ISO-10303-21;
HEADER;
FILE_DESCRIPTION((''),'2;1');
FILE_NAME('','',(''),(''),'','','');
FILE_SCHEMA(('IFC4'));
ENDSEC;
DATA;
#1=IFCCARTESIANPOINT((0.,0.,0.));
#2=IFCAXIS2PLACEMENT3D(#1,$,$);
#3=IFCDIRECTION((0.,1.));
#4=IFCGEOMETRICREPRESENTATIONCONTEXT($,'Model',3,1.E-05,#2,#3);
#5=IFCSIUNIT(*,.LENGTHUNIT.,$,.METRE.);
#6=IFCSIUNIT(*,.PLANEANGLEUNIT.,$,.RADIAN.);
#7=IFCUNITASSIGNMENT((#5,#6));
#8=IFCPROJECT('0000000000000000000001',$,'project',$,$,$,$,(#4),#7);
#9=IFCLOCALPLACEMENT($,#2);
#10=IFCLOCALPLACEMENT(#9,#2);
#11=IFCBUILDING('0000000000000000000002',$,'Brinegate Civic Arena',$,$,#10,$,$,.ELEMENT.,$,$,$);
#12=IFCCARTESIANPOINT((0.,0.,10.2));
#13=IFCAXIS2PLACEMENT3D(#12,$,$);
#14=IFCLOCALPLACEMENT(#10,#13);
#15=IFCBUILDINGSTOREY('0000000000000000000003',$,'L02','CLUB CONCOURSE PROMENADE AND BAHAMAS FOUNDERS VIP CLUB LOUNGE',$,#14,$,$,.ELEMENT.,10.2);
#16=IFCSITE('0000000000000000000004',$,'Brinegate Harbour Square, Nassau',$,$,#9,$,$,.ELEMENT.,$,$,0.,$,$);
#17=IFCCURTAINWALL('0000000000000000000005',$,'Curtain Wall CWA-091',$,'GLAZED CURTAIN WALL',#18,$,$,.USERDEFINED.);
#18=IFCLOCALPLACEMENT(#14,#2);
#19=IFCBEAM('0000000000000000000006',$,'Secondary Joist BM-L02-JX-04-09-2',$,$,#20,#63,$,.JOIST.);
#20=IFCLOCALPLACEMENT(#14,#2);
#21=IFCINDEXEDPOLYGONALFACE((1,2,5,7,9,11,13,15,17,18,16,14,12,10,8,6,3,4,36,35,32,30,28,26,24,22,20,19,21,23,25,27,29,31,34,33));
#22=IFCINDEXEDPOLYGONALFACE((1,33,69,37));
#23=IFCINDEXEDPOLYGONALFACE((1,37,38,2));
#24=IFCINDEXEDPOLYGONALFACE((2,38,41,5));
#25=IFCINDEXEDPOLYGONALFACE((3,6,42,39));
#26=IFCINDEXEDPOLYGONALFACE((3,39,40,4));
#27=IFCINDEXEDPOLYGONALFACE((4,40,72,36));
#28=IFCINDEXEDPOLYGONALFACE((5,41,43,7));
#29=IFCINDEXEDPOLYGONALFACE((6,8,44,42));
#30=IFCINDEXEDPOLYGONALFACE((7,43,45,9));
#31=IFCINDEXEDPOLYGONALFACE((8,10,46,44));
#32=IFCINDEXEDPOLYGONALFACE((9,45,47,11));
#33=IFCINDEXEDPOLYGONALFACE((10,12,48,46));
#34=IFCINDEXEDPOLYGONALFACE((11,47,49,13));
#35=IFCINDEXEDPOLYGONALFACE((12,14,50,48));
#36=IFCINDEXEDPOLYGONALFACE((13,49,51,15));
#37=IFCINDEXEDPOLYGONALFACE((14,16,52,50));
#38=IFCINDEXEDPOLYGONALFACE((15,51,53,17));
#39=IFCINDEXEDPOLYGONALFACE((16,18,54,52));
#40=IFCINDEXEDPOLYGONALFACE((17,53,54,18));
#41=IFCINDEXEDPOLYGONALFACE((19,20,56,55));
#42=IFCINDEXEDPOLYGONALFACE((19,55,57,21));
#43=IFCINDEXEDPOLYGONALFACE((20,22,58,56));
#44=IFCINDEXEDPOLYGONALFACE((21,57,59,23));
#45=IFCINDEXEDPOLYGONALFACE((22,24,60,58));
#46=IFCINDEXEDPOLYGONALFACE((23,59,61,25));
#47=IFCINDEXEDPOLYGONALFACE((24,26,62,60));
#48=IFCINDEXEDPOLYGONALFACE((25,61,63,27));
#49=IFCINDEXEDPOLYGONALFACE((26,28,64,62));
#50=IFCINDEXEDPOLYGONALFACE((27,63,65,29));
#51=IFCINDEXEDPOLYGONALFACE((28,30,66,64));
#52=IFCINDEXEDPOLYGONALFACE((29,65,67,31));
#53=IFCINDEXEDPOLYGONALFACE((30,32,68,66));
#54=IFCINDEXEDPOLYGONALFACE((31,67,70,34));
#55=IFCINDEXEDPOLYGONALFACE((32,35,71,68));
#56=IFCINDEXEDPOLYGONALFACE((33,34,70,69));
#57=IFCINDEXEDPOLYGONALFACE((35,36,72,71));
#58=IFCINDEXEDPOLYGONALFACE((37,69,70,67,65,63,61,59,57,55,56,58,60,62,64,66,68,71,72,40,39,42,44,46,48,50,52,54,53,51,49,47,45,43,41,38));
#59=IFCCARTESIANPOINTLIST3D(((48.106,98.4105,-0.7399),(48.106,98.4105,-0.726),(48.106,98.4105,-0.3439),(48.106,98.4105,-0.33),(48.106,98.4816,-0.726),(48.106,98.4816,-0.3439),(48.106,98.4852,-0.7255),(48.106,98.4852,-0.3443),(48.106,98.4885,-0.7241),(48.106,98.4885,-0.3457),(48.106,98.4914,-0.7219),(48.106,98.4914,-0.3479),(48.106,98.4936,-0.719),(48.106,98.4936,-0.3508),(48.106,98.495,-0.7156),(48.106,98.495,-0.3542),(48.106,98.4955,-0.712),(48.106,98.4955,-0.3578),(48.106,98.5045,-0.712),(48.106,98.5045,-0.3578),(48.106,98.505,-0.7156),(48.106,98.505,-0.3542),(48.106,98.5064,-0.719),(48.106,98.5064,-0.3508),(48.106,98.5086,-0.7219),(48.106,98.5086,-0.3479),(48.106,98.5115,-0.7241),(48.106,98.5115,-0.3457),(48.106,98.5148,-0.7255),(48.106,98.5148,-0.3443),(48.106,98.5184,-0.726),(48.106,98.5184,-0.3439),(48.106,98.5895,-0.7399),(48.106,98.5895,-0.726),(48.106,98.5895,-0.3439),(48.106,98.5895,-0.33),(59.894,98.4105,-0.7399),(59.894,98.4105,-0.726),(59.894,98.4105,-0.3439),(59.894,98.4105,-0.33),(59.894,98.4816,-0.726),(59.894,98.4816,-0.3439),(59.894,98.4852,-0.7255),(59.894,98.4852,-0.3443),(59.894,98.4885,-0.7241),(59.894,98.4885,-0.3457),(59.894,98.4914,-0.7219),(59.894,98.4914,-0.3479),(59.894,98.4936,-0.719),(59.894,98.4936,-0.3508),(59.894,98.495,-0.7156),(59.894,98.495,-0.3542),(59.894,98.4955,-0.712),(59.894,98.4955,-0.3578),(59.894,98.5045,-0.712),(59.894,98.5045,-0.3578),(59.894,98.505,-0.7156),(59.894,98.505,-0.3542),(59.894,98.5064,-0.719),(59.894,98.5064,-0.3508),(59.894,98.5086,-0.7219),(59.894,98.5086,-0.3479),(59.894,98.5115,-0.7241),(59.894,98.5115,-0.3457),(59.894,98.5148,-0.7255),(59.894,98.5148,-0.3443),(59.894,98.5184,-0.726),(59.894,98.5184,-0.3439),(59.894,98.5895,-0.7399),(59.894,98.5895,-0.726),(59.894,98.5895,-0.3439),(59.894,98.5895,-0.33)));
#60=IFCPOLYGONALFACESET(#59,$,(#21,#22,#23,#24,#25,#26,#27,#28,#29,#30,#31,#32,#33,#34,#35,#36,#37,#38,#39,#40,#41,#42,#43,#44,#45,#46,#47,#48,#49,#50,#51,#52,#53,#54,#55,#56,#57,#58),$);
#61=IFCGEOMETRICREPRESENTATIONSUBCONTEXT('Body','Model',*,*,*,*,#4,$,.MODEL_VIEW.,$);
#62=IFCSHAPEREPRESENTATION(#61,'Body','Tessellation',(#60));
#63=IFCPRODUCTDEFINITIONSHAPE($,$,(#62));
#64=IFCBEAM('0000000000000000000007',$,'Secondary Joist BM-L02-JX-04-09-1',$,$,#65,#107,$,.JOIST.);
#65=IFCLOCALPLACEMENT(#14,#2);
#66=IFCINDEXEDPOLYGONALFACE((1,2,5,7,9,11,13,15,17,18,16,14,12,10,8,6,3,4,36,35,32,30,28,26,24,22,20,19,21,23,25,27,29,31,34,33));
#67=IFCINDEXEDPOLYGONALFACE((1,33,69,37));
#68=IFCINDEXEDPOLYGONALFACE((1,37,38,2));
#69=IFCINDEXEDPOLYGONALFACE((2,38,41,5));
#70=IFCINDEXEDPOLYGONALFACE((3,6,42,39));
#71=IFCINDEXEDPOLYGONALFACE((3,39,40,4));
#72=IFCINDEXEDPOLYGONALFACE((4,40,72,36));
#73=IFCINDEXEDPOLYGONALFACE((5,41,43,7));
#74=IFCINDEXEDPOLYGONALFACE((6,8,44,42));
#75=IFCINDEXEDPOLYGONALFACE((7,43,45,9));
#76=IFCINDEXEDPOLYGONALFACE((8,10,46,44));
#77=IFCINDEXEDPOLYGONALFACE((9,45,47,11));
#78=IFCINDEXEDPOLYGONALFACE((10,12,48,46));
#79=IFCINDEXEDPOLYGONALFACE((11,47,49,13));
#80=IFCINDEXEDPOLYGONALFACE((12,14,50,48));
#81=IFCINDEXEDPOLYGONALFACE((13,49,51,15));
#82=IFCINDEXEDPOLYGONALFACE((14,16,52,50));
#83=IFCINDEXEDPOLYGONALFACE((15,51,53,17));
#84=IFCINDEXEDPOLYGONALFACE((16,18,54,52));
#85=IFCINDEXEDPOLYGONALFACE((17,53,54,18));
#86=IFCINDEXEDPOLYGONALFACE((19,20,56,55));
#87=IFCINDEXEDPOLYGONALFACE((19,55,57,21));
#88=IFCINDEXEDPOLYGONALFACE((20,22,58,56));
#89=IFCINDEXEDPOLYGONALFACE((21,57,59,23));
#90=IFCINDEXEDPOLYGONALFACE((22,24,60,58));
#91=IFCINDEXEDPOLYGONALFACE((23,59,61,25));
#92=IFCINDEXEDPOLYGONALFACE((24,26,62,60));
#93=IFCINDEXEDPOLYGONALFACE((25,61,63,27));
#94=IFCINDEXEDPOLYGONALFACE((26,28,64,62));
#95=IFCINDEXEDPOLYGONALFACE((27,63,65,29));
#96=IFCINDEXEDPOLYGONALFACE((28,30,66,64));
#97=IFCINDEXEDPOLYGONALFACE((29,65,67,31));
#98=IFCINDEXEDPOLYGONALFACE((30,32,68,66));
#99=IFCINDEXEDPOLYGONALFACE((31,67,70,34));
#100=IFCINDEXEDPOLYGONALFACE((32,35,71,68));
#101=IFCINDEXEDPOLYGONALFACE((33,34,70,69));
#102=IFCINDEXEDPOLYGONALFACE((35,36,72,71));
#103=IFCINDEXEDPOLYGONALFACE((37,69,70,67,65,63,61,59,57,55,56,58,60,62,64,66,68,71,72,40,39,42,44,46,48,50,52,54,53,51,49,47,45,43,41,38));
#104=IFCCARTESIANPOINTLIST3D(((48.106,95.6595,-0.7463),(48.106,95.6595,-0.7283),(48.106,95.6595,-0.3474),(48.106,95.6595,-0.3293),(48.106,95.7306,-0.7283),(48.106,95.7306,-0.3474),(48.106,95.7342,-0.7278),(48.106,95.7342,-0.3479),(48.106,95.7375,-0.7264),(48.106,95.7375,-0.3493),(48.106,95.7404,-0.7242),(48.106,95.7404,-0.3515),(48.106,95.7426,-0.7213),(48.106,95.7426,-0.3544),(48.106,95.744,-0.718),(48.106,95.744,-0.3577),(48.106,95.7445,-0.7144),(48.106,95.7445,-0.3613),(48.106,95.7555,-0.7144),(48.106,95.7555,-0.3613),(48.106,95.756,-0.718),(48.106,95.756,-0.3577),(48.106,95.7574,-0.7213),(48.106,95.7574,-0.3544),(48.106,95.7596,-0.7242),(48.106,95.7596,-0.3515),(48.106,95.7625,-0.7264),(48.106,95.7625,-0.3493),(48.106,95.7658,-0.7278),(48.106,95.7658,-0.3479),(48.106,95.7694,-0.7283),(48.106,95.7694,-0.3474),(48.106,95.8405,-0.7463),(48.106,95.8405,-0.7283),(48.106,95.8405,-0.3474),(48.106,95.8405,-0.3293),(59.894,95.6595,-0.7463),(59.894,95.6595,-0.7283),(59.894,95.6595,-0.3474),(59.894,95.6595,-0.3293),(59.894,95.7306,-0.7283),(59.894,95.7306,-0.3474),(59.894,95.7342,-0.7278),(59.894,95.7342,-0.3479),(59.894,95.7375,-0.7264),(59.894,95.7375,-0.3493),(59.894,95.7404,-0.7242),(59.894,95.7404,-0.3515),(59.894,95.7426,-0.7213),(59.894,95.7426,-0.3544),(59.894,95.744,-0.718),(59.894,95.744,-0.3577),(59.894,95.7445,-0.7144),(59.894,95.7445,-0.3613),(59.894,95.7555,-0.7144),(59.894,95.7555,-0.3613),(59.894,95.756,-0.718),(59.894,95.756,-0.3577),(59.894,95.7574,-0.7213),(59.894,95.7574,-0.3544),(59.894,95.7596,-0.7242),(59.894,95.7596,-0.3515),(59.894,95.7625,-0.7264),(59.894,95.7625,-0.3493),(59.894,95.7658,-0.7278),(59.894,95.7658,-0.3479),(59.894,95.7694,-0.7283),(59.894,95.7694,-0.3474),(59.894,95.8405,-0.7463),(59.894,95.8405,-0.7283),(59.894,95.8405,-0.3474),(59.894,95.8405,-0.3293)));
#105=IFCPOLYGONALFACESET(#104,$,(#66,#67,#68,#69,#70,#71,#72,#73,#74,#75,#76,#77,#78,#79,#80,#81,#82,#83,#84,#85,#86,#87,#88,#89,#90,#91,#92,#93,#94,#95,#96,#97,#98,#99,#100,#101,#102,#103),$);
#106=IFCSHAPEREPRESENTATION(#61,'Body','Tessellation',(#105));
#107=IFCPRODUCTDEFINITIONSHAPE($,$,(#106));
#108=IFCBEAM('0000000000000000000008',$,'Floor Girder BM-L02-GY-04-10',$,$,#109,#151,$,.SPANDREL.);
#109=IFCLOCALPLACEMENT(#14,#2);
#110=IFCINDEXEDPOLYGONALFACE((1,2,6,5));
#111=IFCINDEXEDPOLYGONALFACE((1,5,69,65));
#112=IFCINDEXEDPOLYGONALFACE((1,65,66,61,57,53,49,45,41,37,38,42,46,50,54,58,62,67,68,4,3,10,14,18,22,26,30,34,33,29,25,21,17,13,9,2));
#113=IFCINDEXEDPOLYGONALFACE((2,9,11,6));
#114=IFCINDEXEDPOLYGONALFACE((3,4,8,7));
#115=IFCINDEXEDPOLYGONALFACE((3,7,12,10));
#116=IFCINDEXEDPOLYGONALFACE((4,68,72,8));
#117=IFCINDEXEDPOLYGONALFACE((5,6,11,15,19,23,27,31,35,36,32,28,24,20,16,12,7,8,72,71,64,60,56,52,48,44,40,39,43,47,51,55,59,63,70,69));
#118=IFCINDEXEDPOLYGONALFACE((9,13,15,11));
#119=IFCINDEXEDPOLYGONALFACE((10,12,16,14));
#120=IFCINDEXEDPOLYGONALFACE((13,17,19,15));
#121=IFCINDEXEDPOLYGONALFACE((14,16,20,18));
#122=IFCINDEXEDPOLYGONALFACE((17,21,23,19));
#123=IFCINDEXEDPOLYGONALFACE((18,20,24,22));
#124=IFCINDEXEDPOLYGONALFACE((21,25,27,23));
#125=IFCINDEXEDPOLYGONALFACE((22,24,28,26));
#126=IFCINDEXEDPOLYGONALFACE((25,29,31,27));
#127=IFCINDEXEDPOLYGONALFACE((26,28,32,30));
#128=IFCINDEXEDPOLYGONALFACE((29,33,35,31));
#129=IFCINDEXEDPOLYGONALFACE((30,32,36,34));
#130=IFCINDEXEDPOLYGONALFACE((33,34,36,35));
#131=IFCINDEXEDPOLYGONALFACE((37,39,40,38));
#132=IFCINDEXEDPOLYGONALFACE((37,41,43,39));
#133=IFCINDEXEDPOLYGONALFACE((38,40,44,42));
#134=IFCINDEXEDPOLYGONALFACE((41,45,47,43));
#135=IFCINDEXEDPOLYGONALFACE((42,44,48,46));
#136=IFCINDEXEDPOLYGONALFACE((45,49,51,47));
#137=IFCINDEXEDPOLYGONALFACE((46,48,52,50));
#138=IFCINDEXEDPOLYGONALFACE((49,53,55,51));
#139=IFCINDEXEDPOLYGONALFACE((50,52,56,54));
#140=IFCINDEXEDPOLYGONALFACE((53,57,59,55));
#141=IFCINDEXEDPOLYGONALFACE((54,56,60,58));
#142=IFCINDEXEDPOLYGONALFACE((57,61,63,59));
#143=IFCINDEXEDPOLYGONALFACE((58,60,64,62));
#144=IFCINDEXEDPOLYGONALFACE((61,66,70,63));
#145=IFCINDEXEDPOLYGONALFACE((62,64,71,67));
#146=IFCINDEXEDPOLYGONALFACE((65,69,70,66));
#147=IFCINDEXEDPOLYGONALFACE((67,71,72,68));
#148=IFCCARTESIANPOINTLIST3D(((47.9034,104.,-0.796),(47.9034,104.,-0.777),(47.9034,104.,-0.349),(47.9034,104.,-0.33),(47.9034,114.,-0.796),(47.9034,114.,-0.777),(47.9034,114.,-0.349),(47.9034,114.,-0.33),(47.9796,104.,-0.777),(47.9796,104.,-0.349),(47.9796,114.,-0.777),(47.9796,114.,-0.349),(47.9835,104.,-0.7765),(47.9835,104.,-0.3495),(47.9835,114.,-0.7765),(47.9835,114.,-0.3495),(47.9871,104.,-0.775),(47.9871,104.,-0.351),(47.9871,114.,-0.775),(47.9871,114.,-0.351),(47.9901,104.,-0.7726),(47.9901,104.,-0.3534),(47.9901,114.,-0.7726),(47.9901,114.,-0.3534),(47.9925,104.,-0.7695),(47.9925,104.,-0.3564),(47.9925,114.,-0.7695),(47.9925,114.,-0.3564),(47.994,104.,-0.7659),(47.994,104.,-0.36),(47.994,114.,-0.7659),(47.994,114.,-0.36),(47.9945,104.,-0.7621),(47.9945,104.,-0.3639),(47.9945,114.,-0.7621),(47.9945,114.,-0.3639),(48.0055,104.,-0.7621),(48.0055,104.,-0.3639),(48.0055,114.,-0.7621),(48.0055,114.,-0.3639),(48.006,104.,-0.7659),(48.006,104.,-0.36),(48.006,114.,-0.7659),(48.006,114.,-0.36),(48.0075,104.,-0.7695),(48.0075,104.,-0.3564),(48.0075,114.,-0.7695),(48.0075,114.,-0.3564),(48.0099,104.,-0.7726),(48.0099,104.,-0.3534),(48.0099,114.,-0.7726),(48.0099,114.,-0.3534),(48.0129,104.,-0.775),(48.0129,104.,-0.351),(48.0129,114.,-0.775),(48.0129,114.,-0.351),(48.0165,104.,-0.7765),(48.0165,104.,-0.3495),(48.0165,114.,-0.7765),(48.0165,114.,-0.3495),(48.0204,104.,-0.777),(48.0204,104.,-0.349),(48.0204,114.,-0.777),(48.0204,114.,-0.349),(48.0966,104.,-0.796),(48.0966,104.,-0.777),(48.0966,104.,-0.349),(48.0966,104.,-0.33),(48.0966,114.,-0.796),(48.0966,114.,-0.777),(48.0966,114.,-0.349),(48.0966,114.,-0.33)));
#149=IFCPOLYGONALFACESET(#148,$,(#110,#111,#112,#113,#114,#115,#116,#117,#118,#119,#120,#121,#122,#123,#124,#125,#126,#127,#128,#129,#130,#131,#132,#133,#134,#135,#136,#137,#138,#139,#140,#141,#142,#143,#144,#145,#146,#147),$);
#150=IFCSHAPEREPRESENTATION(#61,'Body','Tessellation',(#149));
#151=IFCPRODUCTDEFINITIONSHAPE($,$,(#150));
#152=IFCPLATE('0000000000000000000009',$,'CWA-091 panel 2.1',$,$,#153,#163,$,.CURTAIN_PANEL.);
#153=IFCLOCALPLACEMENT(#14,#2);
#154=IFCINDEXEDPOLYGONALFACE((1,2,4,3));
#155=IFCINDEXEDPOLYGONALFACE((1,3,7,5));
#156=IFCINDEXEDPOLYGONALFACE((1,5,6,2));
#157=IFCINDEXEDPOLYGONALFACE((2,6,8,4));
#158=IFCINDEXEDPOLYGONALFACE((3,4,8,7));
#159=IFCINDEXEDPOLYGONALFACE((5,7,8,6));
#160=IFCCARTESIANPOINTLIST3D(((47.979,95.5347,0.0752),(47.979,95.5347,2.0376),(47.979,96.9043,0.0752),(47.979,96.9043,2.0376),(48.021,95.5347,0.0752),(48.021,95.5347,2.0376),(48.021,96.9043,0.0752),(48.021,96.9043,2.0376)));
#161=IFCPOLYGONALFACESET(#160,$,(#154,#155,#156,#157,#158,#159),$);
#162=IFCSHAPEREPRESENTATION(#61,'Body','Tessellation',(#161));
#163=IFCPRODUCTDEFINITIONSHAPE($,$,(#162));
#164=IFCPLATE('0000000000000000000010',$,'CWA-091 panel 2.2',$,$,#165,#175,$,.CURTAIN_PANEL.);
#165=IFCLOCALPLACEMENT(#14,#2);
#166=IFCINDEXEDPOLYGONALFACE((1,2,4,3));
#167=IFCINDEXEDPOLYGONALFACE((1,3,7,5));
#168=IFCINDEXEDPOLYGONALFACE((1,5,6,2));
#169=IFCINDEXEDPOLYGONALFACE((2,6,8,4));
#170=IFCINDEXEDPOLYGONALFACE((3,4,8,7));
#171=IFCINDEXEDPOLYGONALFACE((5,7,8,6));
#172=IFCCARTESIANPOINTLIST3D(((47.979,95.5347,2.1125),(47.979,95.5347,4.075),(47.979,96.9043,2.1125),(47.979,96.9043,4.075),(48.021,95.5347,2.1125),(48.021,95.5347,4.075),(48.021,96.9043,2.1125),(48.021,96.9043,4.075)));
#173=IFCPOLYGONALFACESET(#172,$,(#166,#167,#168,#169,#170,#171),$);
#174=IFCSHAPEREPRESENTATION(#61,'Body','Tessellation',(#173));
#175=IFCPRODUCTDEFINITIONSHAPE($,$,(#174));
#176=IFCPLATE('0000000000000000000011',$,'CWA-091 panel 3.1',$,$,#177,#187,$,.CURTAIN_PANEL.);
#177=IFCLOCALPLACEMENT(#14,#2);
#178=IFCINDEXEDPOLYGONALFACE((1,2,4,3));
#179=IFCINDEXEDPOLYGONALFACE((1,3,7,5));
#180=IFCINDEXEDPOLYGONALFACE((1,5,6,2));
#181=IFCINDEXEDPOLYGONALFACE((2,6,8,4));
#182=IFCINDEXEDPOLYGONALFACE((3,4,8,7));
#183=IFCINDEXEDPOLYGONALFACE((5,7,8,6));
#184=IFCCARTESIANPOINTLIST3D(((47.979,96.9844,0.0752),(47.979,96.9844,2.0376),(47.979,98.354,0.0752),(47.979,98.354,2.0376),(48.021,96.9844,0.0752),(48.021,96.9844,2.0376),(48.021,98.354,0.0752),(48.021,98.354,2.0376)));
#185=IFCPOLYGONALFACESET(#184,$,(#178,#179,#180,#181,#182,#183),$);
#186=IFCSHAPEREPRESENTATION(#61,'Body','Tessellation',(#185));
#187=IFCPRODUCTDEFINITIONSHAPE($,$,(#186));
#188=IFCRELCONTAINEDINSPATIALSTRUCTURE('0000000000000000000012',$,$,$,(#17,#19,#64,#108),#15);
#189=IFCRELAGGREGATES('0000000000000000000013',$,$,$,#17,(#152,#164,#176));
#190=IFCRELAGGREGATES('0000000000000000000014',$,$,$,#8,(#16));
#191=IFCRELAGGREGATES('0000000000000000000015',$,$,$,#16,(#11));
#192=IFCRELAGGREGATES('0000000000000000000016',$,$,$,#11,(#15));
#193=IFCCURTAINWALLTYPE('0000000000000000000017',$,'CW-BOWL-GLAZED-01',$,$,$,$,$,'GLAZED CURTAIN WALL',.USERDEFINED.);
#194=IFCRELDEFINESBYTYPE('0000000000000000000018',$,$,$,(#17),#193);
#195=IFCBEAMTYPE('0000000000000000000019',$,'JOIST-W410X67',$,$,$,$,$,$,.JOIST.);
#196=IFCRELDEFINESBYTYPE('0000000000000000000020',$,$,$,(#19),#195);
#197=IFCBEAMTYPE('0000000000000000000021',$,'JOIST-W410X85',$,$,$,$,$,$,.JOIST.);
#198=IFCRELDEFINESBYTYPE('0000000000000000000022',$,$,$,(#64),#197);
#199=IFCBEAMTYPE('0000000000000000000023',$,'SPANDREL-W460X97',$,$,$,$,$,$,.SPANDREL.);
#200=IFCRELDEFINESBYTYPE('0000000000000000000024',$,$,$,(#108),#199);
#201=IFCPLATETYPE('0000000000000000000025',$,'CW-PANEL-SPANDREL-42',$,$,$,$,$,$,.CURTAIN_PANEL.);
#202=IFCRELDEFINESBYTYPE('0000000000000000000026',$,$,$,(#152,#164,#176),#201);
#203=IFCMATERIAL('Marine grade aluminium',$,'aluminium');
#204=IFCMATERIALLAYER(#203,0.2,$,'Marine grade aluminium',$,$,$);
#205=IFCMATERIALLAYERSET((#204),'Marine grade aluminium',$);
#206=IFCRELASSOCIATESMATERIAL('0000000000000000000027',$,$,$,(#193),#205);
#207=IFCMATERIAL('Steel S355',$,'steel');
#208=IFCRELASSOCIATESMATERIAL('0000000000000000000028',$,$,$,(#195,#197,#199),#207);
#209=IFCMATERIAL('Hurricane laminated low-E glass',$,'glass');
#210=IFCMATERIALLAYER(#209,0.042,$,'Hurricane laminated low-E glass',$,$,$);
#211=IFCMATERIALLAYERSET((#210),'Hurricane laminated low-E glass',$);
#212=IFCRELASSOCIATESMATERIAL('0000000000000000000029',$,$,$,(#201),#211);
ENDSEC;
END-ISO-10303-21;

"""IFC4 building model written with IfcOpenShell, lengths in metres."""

from ifc_helpers import new_model, si_unit, direction, frame, origin, origin_2d, place, context, subcontext, project, spatial, rectangle, i_section, extrude, material, layer, layer_set, material_profile, profile_set, type_object, element, aggregate, save


model = new_model("IFC4")

# Units and contexts
model_context = context("Model", 3, precision=1e-05, world=origin(), true_north=direction((0.0, 1.0)))
body_context = subcontext(model_context, "Body", "Model", "MODEL_VIEW")
ifc_project = project(units=[si_unit("LENGTHUNIT", "METRE"), si_unit("PLANEANGLEUNIT", "RADIAN")], contexts=[model_context])

# Site, building, storey
site_placement = place(None, origin())
site = spatial("IfcSite", under=ifc_project, at=site_placement, Name="Brinegate Harbour Square, Nassau", CompositionType="ELEMENT", RefElevation=0.0)
building_placement = place(site_placement, origin())
building = spatial("IfcBuilding", under=site, at=building_placement, Name="Brinegate Civic Arena", CompositionType="ELEMENT")
storey_placement = place(building_placement, frame((0.0, 0.0, 10.2)))
storey = spatial("IfcBuildingStorey", under=building, at=storey_placement, Name="L02", Description="CLUB CONCOURSE PROMENADE AND BAHAMAS FOUNDERS VIP CLUB LOUNGE", CompositionType="ELEMENT", Elevation=10.2)

# Shared definitions
ifc_material_1 = material(Name="Marine grade aluminium", Category="aluminium")
ifc_layer_1 = layer(ifc_material_1, 0.2, Name="Marine grade aluminium")
ifc_layer_set_1 = layer_set([ifc_layer_1], Name="Marine grade aluminium")
curtain_wall_type = type_object("IfcCurtainWallType", Name="CW-BOWL-GLAZED-01", ElementType="GLAZED CURTAIN WALL", PredefinedType="USERDEFINED", material=ifc_layer_set_1)

# Curtain wall
curtain_wall_1_placement = place(storey_placement, origin())
curtain_wall_1 = element("IfcCurtainWall", 1, at=curtain_wall_1_placement, inside=storey, type_object=curtain_wall_type, Name="Curtain Wall CWA-091", ObjectType="GLAZED CURTAIN WALL", PredefinedType="USERDEFINED")

# Beams
ifc_material_2 = material(Name="Steel S355", Category="steel")
ifc_material_profile_1 = material_profile(ifc_material_2, i_section(OverallWidth=0.179, OverallDepth=0.4099, WebThickness=0.009, FlangeThickness=0.0139, FilletRadius=0.0139, at=origin_2d()), Name="W410X67")
ifc_profile_set_1 = profile_set([ifc_material_profile_1], Name="Steel S355")
beam_type_1 = type_object("IfcBeamType", Name="JOIST-W410X67", PredefinedType="JOIST", material=ifc_profile_set_1)
beam_1_placement = place(storey_placement, frame((48.106, 98.5, -0.5349), z_axis=(1.0, 0.0, 0.0), x_axis=(0.0, 1.0, 0.0)))
element("IfcBeam", 2, at=beam_1_placement, inside=storey, type_object=beam_type_1, Name="Secondary Joist BM-L02-JX-04-09-2", PredefinedType="JOIST", context=body_context, shape_type="SweptSolid", body=[
    extrude(i_section(OverallWidth=0.179, OverallDepth=0.4099, WebThickness=0.009, FlangeThickness=0.0139, FilletRadius=0.0139, at=origin_2d()), origin(), (0.0, 0.0, 1.0), 11.7881),
])
ifc_material_profile_2 = material_profile(ifc_material_2, i_section(OverallWidth=0.1809, OverallDepth=0.417, WebThickness=0.011, FlangeThickness=0.0181, FilletRadius=0.0139, at=origin_2d()), Name="W410X85")
ifc_profile_set_2 = profile_set([ifc_material_profile_2], Name="Steel S355")
beam_type_2 = type_object("IfcBeamType", Name="JOIST-W410X85", PredefinedType="JOIST", material=ifc_profile_set_2)
beam_2_placement = place(storey_placement, frame((48.106, 95.75, -0.5378), z_axis=(1.0, 0.0, 0.0), x_axis=(0.0, 1.0, 0.0)))
element("IfcBeam", 3, at=beam_2_placement, inside=storey, type_object=beam_type_2, Name="Secondary Joist BM-L02-JX-04-09-1", PredefinedType="JOIST", context=body_context, shape_type="SweptSolid", body=[
    extrude(i_section(OverallWidth=0.1809, OverallDepth=0.417, WebThickness=0.011, FlangeThickness=0.0181, FilletRadius=0.0139, at=origin_2d()), origin(), (0.0, 0.0, 1.0), 11.7881),
])
ifc_material_profile_3 = material_profile(ifc_material_2, i_section(OverallWidth=0.1931, OverallDepth=0.4661, WebThickness=0.011, FlangeThickness=0.019, FilletRadius=0.0149, at=origin_2d()), Name="W460X97")
ifc_profile_set_3 = profile_set([ifc_material_profile_3], Name="Steel S355")
beam_type_3 = type_object("IfcBeamType", Name="SPANDREL-W460X97", PredefinedType="SPANDREL", material=ifc_profile_set_3)
beam_3_placement = place(storey_placement, frame((48.0, 104.0, -0.563), z_axis=(0.0, 1.0, 0.0), x_axis=(-1.0, 0.0, 0.0)))
element("IfcBeam", 4, at=beam_3_placement, inside=storey, type_object=beam_type_3, Name="Floor Girder BM-L02-GY-04-10", PredefinedType="SPANDREL", context=body_context, shape_type="SweptSolid", body=[
    extrude(i_section(OverallWidth=0.1931, OverallDepth=0.4661, WebThickness=0.011, FlangeThickness=0.019, FilletRadius=0.0149, at=origin_2d()), origin(), (0.0, 0.0, 1.0), 10.0),
])

# Plates
ifc_material_3 = material(Name="Hurricane laminated low-E glass", Category="glass")
ifc_layer_2 = layer(ifc_material_3, 0.042, Name="Hurricane laminated low-E glass")
ifc_layer_set_2 = layer_set([ifc_layer_2], Name="Hurricane laminated low-E glass")
plate_type = type_object("IfcPlateType", Name="CW-PANEL-SPANDREL-42", PredefinedType="CURTAIN_PANEL", material=ifc_layer_set_2)
plate_1_placement = place(storey_placement, frame((48.0, 96.2195, 0.0752), z_axis=(0.0, 0.0, 1.0), x_axis=(0.0, 1.0, 0.0)))
plate_1 = element("IfcPlate", 5, at=plate_1_placement, type_object=plate_type, Name="CWA-091 panel 2.1", PredefinedType="CURTAIN_PANEL", context=body_context, shape_type="SweptSolid", body=[
    extrude(rectangle(XDim=1.3696, YDim=0.042, at=origin_2d()), origin(), (0.0, 0.0, 1.0), 1.9624),
])
plate_2_placement = place(storey_placement, frame((48.0, 96.2195, 2.1125), z_axis=(0.0, 0.0, 1.0), x_axis=(0.0, 1.0, 0.0)))
plate_2 = element("IfcPlate", 6, at=plate_2_placement, type_object=plate_type, Name="CWA-091 panel 2.2", PredefinedType="CURTAIN_PANEL", context=body_context, shape_type="SweptSolid", body=[
    extrude(rectangle(XDim=1.3696, YDim=0.042, at=origin_2d()), origin(), (0.0, 0.0, 1.0), 1.9624),
])
plate_3_placement = place(storey_placement, frame((48.0, 97.6692, 0.0752), z_axis=(0.0, 0.0, 1.0), x_axis=(0.0, 1.0, 0.0)))
plate_3 = element("IfcPlate", 7, at=plate_3_placement, type_object=plate_type, Name="CWA-091 panel 3.1", PredefinedType="CURTAIN_PANEL", context=body_context, shape_type="SweptSolid", body=[
    extrude(rectangle(XDim=1.3696, YDim=0.042, at=origin_2d()), origin(), (0.0, 0.0, 1.0), 1.9624),
])
aggregate(curtain_wall_1, [plate_1, plate_2, plate_3])

save(model, "model.ifc")
